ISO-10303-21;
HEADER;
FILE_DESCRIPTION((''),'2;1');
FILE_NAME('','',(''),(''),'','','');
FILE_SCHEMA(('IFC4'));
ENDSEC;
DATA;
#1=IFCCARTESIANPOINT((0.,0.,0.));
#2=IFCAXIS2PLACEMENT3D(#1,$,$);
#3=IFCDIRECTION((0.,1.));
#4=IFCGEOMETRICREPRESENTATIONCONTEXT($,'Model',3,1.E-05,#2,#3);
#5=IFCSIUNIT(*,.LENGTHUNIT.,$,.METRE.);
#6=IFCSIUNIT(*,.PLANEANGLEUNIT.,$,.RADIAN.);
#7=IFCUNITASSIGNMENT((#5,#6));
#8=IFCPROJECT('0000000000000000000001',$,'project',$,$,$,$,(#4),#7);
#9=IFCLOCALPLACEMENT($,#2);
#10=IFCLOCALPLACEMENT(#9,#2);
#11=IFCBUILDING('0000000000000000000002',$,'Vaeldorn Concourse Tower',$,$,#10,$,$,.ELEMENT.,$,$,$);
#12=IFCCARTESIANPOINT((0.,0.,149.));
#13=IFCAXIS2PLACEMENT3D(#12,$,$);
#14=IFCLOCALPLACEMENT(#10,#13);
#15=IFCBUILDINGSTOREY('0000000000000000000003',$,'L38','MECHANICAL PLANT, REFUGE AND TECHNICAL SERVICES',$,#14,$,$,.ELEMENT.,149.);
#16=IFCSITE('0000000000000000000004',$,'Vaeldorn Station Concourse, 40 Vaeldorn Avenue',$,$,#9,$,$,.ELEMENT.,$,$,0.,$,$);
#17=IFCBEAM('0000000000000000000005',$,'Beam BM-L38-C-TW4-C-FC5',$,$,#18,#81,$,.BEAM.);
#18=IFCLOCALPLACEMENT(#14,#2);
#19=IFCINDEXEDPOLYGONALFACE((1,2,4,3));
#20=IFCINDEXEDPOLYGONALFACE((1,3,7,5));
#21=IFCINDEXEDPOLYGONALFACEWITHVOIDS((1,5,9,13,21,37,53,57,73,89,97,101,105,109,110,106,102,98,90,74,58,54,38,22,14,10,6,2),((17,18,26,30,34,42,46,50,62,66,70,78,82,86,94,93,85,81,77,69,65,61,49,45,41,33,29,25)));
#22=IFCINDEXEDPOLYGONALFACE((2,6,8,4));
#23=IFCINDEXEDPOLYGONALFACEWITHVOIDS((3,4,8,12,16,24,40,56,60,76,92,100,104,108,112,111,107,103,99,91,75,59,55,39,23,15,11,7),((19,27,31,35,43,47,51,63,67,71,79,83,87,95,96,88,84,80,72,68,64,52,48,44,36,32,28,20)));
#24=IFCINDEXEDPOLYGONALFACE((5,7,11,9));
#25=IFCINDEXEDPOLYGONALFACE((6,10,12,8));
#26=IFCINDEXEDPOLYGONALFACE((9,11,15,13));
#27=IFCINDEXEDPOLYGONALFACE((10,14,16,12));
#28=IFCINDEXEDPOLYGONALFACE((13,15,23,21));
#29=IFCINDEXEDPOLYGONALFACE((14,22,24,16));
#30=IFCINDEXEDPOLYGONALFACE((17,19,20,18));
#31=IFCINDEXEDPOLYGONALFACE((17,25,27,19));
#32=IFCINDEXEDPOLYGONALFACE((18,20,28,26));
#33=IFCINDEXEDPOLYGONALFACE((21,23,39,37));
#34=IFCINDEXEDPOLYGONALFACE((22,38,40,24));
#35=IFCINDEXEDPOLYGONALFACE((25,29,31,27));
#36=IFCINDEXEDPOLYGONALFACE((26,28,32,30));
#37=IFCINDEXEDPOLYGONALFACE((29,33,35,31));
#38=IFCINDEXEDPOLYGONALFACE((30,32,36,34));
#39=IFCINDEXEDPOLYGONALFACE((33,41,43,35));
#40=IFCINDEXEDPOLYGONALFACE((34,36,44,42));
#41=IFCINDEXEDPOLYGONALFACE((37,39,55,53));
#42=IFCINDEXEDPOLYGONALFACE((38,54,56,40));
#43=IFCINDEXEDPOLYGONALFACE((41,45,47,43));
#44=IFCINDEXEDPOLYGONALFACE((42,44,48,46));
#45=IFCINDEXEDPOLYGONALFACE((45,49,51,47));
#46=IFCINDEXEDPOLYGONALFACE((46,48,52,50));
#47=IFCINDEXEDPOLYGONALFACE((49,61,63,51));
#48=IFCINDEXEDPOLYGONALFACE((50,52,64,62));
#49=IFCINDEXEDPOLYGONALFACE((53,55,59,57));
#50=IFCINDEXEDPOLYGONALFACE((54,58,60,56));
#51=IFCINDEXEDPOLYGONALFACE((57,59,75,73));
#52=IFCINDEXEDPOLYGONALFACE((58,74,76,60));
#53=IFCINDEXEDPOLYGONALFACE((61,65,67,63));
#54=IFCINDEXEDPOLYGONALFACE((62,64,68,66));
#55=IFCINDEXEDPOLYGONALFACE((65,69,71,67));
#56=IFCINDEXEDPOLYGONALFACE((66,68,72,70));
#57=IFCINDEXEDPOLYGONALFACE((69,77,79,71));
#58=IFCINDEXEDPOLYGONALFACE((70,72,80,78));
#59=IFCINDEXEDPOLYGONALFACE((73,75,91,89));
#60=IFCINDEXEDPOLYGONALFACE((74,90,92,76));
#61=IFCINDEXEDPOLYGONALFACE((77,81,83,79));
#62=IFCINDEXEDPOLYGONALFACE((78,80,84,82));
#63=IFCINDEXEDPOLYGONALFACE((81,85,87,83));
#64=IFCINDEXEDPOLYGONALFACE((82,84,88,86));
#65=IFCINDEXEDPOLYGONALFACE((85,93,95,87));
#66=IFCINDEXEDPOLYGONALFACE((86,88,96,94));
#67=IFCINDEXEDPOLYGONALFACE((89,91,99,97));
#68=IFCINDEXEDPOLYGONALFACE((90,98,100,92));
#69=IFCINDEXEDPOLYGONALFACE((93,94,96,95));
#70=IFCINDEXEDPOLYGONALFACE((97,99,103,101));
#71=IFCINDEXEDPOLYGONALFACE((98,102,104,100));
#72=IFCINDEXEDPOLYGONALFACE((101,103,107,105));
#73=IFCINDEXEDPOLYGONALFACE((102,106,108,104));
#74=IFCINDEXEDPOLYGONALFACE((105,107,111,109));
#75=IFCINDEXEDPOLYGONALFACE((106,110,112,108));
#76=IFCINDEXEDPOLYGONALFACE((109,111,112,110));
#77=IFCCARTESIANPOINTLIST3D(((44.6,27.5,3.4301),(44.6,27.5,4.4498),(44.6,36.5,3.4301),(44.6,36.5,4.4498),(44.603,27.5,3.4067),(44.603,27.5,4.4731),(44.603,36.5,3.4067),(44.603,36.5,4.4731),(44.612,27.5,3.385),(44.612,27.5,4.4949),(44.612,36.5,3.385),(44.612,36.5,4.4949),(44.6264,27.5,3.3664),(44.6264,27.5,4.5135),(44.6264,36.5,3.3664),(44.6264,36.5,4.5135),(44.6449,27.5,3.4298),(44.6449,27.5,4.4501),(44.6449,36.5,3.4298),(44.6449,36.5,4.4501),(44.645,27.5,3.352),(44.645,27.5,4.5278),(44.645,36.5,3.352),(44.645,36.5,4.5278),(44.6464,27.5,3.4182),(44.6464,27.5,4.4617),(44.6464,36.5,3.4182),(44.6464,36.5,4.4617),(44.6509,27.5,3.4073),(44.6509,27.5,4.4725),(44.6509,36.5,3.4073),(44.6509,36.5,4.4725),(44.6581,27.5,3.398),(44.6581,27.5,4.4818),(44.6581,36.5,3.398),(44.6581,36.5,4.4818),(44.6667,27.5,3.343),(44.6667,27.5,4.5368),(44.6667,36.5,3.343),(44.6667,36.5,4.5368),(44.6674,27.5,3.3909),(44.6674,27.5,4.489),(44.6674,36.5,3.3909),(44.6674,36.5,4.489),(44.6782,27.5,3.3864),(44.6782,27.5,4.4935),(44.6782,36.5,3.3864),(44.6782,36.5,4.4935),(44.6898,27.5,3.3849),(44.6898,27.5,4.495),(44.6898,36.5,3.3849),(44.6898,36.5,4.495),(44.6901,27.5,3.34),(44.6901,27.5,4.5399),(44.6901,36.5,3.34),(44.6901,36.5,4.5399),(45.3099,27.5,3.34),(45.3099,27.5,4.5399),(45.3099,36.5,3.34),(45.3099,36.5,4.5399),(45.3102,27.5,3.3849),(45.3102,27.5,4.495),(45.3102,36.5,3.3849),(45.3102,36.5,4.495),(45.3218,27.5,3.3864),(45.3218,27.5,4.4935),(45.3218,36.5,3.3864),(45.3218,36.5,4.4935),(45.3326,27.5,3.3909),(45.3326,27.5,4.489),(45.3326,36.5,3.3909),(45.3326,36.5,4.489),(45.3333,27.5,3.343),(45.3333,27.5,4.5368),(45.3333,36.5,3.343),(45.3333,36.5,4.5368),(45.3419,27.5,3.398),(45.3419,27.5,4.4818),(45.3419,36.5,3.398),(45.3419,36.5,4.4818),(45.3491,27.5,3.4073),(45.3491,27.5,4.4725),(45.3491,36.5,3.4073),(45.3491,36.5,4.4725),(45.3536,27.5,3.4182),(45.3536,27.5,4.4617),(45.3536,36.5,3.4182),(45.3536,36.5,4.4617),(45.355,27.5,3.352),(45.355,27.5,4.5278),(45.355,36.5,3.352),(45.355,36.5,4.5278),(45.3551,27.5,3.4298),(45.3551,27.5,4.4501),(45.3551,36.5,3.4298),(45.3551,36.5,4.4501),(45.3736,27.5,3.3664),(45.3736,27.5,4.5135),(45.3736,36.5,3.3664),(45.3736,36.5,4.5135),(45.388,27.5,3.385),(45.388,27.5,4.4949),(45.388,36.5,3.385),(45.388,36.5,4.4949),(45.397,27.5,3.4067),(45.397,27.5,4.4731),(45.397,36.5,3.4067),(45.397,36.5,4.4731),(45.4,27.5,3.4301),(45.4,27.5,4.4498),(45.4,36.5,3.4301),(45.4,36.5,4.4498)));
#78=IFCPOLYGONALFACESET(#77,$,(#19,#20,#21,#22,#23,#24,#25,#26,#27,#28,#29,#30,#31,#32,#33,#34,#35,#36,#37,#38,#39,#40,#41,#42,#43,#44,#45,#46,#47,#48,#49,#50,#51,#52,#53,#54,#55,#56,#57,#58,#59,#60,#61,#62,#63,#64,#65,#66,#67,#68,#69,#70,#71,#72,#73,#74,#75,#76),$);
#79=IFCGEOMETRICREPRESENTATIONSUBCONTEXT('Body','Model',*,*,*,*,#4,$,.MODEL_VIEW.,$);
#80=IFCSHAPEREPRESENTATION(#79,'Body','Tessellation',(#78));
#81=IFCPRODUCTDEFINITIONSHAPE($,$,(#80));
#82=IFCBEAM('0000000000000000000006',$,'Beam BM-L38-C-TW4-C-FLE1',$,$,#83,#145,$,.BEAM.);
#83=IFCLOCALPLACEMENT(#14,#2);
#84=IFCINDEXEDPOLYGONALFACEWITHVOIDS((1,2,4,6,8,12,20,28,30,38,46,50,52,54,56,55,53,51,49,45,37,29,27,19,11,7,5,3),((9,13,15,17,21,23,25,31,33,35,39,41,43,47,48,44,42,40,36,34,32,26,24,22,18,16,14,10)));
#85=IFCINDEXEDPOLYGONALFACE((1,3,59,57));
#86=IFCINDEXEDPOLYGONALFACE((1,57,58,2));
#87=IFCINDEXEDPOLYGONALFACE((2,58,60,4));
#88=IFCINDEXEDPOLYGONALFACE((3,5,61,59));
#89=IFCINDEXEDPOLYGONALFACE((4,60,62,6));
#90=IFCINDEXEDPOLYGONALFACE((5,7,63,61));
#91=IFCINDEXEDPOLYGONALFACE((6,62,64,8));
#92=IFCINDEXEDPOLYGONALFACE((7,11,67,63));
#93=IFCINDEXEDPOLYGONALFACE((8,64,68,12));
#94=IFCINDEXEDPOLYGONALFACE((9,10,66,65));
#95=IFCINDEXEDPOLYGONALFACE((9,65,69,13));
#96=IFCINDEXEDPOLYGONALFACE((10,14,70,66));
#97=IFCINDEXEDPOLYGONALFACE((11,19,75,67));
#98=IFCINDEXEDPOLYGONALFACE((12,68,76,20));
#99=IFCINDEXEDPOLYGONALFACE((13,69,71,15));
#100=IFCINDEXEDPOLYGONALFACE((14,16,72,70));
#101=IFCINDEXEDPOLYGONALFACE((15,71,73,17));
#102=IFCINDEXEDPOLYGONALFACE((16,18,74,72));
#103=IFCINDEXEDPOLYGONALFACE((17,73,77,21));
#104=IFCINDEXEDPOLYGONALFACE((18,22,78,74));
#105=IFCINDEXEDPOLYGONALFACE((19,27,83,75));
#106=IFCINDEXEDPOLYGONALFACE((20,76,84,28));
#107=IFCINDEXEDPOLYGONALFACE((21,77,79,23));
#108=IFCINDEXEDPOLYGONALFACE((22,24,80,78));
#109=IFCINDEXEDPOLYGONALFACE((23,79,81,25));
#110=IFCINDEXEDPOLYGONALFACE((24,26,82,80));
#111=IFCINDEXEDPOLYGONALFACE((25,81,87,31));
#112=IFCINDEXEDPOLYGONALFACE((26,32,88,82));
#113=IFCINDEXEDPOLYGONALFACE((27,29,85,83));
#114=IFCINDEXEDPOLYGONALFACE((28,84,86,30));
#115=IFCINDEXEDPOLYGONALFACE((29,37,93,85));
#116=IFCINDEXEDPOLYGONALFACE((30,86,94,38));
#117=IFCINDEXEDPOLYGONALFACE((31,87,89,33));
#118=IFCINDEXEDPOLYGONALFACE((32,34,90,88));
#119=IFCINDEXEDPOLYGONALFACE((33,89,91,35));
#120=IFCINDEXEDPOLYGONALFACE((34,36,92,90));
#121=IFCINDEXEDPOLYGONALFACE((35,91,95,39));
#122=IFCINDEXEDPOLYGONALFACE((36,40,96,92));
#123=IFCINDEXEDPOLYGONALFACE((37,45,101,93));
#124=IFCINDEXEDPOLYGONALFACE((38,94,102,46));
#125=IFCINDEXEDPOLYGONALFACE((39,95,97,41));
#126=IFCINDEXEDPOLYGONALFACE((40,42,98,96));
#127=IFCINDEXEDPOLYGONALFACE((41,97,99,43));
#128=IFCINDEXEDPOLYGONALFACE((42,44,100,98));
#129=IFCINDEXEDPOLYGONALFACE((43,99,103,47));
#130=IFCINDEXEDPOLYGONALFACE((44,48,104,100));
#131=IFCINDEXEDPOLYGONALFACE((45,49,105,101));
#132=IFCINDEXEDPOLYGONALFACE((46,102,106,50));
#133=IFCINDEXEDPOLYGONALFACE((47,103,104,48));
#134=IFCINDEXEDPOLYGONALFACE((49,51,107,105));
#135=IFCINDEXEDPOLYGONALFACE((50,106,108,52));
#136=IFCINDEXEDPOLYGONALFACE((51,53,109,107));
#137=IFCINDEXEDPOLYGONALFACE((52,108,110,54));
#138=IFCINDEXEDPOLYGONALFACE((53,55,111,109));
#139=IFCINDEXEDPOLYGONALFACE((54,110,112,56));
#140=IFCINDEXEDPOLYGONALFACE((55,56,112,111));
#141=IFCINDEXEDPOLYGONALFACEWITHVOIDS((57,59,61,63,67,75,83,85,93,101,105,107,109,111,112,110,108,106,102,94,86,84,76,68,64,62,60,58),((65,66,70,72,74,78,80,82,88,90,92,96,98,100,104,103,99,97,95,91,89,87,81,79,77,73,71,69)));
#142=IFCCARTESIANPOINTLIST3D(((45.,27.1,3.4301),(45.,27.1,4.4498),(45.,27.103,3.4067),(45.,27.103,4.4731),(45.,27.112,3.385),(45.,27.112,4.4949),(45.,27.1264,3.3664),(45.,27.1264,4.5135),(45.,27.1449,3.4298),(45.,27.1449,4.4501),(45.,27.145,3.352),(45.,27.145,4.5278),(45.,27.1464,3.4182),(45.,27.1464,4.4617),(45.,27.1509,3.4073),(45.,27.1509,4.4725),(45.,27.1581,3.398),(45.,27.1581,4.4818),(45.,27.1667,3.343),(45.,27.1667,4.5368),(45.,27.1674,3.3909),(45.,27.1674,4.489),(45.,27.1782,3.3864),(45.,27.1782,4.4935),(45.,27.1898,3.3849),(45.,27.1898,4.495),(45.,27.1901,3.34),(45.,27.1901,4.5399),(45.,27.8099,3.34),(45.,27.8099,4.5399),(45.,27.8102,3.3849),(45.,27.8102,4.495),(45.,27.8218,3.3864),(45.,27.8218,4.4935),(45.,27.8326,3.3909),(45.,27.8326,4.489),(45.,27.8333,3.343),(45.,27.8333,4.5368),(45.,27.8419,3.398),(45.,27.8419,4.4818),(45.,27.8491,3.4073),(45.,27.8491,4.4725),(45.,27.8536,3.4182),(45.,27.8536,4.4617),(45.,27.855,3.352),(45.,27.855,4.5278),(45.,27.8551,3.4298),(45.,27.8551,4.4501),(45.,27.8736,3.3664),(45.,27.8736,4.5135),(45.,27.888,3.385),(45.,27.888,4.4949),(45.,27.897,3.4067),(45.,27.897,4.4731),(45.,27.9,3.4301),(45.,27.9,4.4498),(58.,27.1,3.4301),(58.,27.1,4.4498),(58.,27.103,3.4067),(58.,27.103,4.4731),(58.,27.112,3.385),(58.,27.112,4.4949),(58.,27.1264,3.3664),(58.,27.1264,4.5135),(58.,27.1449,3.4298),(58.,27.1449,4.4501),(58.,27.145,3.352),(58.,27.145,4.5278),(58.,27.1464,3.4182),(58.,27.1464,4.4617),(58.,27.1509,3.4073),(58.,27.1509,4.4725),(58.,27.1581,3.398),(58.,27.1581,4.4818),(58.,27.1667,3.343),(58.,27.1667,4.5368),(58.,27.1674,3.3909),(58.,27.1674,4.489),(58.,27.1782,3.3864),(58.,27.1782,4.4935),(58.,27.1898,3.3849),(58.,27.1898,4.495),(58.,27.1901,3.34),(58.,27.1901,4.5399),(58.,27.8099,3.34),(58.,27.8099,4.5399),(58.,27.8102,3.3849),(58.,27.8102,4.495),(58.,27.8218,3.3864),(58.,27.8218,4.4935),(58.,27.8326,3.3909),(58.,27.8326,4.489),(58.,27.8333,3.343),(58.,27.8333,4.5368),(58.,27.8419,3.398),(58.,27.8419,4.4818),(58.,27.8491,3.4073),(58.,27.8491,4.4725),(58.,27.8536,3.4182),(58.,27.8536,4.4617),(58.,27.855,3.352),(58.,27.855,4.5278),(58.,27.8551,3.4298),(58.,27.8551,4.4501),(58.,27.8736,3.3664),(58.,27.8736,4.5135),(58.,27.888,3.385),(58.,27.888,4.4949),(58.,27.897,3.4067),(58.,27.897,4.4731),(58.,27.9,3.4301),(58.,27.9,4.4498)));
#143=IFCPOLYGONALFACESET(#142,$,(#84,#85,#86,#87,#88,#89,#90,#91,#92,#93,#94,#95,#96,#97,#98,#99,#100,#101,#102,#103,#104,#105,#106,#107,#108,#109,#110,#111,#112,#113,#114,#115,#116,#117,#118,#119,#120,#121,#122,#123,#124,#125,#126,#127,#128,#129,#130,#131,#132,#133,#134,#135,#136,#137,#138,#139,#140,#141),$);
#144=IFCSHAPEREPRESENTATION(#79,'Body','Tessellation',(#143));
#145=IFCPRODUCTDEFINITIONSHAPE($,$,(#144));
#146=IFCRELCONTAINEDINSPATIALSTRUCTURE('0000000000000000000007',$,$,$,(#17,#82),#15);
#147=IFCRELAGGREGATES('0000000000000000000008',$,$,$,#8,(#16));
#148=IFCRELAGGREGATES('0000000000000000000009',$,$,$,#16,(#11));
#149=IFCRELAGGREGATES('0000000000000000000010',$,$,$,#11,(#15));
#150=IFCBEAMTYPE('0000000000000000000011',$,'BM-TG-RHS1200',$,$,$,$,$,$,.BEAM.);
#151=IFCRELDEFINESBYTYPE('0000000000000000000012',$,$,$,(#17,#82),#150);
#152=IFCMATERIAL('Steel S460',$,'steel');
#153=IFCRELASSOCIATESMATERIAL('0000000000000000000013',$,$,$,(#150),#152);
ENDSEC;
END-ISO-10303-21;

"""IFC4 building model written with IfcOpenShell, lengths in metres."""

from ifc_helpers import new_model, si_unit, direction, frame, origin, origin_2d, place, context, subcontext, project, spatial, hollow_rectangle, extrude, source, transform, mapped, material, material_profile, profile_set, type_object, element, save


model = new_model("IFC4")

# Units and contexts
model_context = context("Model", 3, precision=1e-05, world=origin(), true_north=direction((0.0, 1.0)))
body_context = subcontext(model_context, "Body", "Model", "MODEL_VIEW")
ifc_project = project(units=[si_unit("LENGTHUNIT", "METRE"), si_unit("PLANEANGLEUNIT", "RADIAN")], contexts=[model_context])

# Site, building, storey
site_placement = place(None, origin())
site = spatial("IfcSite", under=ifc_project, at=site_placement, Name="Vaeldorn Station Concourse, 40 Vaeldorn Avenue", CompositionType="ELEMENT", RefElevation=0.0)
building_placement = place(site_placement, origin())
building = spatial("IfcBuilding", under=site, at=building_placement, Name="Vaeldorn Concourse Tower", CompositionType="ELEMENT")
storey_placement = place(building_placement, frame((0.0, 0.0, 149.0)))
storey = spatial("IfcBuildingStorey", under=building, at=storey_placement, Name="L38", Description="MECHANICAL PLANT, REFUGE AND TECHNICAL SERVICES", CompositionType="ELEMENT", Elevation=149.0)

# Shared definitions
ifc_material_1 = material(Name="Steel S460", Category="steel")

# Beams
ifc_material_profile_1 = material_profile(ifc_material_1, hollow_rectangle(XDim=0.8, YDim=1.2, WallThickness=0.0449, InnerFilletRadius=0.0449, OuterFilletRadius=0.0901, at=origin_2d()), Name="RHS 1200x800x45")
ifc_profile_set_1 = profile_set([ifc_material_profile_1], Name="Steel S460")
beam_type_1 = type_object("IfcBeamType", Name="BM-TG-RHS1200", PredefinedType="BEAM", material=ifc_profile_set_1)
shared_shape_1 = source(origin(), body_context, "Body", "SweptSolid", [
    extrude(hollow_rectangle(XDim=0.8, YDim=1.2, WallThickness=0.0449, InnerFilletRadius=0.0449, OuterFilletRadius=0.0901, at=origin_2d()), origin(), (0.0, 0.0, 1.0), 9.0),
])
beam_1_placement = place(storey_placement, frame((45.0, 27.5, 3.9399), z_axis=(0.0, 1.0, 0.0), x_axis=(-1.0, 0.0, 0.0)))
element("IfcBeam", 1, at=beam_1_placement, inside=storey, type_object=beam_type_1, Name="Beam BM-L38-C-TW4-C-FC5", PredefinedType="BEAM", context=body_context, shape_type="MappedRepresentation", body=[
    mapped(shared_shape_1, transform((0.0, 0.0, 0.0), scale=1.0)),
])
shared_shape_2 = source(origin(), body_context, "Body", "SweptSolid", [
    extrude(hollow_rectangle(XDim=0.8, YDim=1.2, WallThickness=0.0449, InnerFilletRadius=0.0449, OuterFilletRadius=0.0901, at=origin_2d()), origin(), (0.0, 0.0, 1.0), 13.0),
])
beam_2_placement = place(storey_placement, frame((45.0, 27.5, 3.9399), z_axis=(1.0, 0.0, 0.0), x_axis=(0.0, 1.0, 0.0)))
element("IfcBeam", 2, at=beam_2_placement, inside=storey, type_object=beam_type_1, Name="Beam BM-L38-C-TW4-C-FLE1", PredefinedType="BEAM", context=body_context, shape_type="MappedRepresentation", body=[
    mapped(shared_shape_2, transform((0.0, 0.0, 0.0), scale=1.0)),
])

save(model, "model.ifc")
